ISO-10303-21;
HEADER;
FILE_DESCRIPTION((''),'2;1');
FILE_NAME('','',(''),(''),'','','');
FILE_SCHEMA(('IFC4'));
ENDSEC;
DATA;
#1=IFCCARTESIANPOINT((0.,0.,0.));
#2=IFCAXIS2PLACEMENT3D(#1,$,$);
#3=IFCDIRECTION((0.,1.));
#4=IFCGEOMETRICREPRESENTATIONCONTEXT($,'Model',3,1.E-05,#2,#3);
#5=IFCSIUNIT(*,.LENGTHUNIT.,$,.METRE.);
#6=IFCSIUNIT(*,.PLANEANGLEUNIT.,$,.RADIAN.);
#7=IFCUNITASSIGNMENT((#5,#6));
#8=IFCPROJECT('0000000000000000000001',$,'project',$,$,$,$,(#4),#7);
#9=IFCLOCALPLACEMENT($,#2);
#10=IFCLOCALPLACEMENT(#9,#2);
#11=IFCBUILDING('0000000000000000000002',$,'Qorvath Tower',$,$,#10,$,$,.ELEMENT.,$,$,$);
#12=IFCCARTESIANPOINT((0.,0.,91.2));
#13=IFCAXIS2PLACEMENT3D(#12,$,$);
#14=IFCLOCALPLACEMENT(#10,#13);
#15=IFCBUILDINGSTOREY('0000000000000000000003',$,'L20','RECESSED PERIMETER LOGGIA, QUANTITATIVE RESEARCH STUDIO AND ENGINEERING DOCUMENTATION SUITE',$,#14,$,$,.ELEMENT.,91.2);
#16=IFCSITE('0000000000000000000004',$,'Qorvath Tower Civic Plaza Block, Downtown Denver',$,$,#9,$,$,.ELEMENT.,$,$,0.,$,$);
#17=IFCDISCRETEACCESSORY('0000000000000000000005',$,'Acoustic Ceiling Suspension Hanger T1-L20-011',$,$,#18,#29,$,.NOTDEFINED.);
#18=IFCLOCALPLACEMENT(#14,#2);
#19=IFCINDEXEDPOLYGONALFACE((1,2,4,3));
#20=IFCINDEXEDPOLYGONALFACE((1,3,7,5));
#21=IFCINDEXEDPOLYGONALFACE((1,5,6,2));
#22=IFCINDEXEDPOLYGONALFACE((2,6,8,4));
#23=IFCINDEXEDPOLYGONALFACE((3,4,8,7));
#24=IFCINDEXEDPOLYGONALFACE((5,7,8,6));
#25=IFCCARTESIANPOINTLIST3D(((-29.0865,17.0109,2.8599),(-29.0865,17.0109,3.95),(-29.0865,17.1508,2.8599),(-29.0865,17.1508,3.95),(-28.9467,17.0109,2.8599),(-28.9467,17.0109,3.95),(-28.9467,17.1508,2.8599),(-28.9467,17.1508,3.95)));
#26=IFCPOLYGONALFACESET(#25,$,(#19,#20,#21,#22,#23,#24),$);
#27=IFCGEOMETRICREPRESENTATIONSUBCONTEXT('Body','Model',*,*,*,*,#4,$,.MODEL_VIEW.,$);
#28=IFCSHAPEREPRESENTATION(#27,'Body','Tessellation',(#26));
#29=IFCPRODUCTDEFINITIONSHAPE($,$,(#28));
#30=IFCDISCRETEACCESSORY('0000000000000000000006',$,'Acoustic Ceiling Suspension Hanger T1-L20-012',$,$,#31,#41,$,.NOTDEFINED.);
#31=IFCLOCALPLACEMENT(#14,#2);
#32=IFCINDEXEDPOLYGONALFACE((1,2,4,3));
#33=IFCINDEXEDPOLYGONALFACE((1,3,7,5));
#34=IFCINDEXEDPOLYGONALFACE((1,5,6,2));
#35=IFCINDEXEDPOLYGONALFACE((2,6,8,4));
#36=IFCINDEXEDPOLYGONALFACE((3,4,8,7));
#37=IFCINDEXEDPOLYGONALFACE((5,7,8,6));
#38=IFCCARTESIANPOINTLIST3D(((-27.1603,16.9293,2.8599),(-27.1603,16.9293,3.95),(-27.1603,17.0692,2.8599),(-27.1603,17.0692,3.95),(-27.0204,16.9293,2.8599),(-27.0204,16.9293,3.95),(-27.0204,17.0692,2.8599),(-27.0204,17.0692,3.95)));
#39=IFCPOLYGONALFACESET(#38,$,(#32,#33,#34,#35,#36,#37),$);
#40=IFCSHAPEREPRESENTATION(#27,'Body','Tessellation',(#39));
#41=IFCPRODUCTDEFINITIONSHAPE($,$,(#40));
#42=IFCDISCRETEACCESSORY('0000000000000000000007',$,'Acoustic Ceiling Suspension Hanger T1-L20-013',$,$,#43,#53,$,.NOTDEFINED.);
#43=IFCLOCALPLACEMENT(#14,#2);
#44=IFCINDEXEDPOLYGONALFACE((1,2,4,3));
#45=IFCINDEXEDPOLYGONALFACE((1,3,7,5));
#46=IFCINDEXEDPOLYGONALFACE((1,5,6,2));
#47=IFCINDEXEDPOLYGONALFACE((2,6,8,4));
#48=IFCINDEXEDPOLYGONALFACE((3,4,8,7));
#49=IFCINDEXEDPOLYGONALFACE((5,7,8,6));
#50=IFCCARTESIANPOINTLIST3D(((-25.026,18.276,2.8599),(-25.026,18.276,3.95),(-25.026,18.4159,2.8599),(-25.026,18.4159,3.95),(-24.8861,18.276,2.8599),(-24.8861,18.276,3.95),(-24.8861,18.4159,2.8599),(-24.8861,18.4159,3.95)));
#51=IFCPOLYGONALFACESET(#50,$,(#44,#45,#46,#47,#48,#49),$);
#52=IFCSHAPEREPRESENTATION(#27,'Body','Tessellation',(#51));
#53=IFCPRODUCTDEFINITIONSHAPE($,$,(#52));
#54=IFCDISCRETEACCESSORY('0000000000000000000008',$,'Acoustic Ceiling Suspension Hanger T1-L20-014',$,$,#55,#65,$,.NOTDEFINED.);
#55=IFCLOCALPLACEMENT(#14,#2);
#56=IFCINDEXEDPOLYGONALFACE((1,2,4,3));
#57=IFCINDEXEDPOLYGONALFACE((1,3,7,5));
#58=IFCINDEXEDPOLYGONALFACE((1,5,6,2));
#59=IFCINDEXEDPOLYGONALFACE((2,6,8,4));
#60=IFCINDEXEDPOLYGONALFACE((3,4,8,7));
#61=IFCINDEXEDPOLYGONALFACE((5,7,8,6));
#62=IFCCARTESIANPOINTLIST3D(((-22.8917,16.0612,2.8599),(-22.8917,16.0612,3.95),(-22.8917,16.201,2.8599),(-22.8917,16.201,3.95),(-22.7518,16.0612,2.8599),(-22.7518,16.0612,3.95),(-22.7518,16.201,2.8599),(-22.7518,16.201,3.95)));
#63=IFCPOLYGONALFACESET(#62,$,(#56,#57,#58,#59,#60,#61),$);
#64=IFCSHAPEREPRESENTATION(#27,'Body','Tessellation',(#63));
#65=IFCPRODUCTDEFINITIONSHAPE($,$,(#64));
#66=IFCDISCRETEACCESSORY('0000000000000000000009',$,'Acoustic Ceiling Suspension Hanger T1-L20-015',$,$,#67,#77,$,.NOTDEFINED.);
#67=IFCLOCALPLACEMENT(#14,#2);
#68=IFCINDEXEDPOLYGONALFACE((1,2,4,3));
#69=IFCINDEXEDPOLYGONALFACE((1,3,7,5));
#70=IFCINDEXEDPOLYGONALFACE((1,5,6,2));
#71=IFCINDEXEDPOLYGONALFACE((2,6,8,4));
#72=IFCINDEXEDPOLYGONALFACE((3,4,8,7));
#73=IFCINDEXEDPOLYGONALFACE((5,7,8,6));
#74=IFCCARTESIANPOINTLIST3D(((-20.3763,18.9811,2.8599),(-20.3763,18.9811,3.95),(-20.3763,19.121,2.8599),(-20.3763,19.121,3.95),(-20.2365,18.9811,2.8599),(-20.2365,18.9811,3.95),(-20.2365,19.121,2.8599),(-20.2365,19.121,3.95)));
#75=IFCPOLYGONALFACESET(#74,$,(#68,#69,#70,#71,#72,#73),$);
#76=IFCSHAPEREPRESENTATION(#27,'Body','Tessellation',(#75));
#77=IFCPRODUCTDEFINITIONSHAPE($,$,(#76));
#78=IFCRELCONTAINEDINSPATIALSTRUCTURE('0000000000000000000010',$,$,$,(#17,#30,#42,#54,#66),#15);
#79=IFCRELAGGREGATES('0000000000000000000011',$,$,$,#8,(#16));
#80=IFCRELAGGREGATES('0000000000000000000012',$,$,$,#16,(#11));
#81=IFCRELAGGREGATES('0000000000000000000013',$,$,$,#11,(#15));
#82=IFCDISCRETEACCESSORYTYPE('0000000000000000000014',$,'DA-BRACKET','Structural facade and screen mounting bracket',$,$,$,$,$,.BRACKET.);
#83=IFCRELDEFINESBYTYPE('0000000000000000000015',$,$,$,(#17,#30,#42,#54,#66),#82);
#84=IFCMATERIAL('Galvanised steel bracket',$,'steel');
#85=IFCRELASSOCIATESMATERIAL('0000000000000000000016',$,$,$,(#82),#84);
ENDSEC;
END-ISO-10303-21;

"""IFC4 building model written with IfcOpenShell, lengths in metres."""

from ifc_helpers import new_model, si_unit, direction, frame, origin, origin_2d, place, context, subcontext, project, spatial, rectangle, extrude, material, type_object, element, save


model = new_model("IFC4")

# Units and contexts
model_context = context("Model", 3, precision=1e-05, world=origin(), true_north=direction((0.0, 1.0)))
body_context = subcontext(model_context, "Body", "Model", "MODEL_VIEW")
ifc_project = project(units=[si_unit("LENGTHUNIT", "METRE"), si_unit("PLANEANGLEUNIT", "RADIAN")], contexts=[model_context])

# Site, building, storey
site_placement = place(None, origin())
site = spatial("IfcSite", under=ifc_project, at=site_placement, Name="Qorvath Tower Civic Plaza Block, Downtown Denver", CompositionType="ELEMENT", RefElevation=0.0)
building_placement = place(site_placement, origin())
building = spatial("IfcBuilding", under=site, at=building_placement, Name="Qorvath Tower", CompositionType="ELEMENT")
storey_placement = place(building_placement, frame((0.0, 0.0, 91.2)))
storey = spatial("IfcBuildingStorey", under=building, at=storey_placement, Name="L20", Description="RECESSED PERIMETER LOGGIA, QUANTITATIVE RESEARCH STUDIO AND ENGINEERING DOCUMENTATION SUITE", CompositionType="ELEMENT", Elevation=91.2)

# Discrete accessories
ifc_material_1 = material(Name="Galvanised steel bracket", Category="steel")
discrete_accessory_type = type_object("IfcDiscreteAccessoryType", Name="DA-BRACKET", Description="Structural facade and screen mounting bracket", PredefinedType="BRACKET", material=ifc_material_1)
for number, where, z_axis, x_axis, name in (
    (1, (-29.0166, 17.0808, 2.8599), (0.0, 0.0, 1.0), (1.0, 0.0, 0.0), "Acoustic Ceiling Suspension Hanger T1-L20-011"),
    (2, (-27.0903, 16.9993, 2.8599), (0.0, 0.0, 1.0), (1.0, 0.0, 0.0), "Acoustic Ceiling Suspension Hanger T1-L20-012"),
    (3, (-24.9561, 18.3459, 2.8599), (0.0, 0.0, 1.0), (1.0, 0.0, 0.0), "Acoustic Ceiling Suspension Hanger T1-L20-013"),
    (4, (-22.8218, 16.1311, 2.8599), (0.0, 0.0, 1.0), (1.0, 0.0, 0.0), "Acoustic Ceiling Suspension Hanger T1-L20-014"),
    (5, (-20.3064, 19.051, 2.8599), (0.0, 0.0, 1.0), (1.0, 0.0, 0.0), "Acoustic Ceiling Suspension Hanger T1-L20-015"),
):
    element("IfcDiscreteAccessory", number, at=place(storey_placement, frame(where, z_axis=z_axis, x_axis=x_axis)), inside=storey, type_object=discrete_accessory_type, Name=name, PredefinedType="NOTDEFINED", context=body_context, shape_type="SweptSolid", body=[
        extrude(rectangle(XDim=0.1399, YDim=0.1399, at=origin_2d()), origin(), (0.0, 0.0, 1.0), 1.0901),
    ])

save(model, "model.ifc")
